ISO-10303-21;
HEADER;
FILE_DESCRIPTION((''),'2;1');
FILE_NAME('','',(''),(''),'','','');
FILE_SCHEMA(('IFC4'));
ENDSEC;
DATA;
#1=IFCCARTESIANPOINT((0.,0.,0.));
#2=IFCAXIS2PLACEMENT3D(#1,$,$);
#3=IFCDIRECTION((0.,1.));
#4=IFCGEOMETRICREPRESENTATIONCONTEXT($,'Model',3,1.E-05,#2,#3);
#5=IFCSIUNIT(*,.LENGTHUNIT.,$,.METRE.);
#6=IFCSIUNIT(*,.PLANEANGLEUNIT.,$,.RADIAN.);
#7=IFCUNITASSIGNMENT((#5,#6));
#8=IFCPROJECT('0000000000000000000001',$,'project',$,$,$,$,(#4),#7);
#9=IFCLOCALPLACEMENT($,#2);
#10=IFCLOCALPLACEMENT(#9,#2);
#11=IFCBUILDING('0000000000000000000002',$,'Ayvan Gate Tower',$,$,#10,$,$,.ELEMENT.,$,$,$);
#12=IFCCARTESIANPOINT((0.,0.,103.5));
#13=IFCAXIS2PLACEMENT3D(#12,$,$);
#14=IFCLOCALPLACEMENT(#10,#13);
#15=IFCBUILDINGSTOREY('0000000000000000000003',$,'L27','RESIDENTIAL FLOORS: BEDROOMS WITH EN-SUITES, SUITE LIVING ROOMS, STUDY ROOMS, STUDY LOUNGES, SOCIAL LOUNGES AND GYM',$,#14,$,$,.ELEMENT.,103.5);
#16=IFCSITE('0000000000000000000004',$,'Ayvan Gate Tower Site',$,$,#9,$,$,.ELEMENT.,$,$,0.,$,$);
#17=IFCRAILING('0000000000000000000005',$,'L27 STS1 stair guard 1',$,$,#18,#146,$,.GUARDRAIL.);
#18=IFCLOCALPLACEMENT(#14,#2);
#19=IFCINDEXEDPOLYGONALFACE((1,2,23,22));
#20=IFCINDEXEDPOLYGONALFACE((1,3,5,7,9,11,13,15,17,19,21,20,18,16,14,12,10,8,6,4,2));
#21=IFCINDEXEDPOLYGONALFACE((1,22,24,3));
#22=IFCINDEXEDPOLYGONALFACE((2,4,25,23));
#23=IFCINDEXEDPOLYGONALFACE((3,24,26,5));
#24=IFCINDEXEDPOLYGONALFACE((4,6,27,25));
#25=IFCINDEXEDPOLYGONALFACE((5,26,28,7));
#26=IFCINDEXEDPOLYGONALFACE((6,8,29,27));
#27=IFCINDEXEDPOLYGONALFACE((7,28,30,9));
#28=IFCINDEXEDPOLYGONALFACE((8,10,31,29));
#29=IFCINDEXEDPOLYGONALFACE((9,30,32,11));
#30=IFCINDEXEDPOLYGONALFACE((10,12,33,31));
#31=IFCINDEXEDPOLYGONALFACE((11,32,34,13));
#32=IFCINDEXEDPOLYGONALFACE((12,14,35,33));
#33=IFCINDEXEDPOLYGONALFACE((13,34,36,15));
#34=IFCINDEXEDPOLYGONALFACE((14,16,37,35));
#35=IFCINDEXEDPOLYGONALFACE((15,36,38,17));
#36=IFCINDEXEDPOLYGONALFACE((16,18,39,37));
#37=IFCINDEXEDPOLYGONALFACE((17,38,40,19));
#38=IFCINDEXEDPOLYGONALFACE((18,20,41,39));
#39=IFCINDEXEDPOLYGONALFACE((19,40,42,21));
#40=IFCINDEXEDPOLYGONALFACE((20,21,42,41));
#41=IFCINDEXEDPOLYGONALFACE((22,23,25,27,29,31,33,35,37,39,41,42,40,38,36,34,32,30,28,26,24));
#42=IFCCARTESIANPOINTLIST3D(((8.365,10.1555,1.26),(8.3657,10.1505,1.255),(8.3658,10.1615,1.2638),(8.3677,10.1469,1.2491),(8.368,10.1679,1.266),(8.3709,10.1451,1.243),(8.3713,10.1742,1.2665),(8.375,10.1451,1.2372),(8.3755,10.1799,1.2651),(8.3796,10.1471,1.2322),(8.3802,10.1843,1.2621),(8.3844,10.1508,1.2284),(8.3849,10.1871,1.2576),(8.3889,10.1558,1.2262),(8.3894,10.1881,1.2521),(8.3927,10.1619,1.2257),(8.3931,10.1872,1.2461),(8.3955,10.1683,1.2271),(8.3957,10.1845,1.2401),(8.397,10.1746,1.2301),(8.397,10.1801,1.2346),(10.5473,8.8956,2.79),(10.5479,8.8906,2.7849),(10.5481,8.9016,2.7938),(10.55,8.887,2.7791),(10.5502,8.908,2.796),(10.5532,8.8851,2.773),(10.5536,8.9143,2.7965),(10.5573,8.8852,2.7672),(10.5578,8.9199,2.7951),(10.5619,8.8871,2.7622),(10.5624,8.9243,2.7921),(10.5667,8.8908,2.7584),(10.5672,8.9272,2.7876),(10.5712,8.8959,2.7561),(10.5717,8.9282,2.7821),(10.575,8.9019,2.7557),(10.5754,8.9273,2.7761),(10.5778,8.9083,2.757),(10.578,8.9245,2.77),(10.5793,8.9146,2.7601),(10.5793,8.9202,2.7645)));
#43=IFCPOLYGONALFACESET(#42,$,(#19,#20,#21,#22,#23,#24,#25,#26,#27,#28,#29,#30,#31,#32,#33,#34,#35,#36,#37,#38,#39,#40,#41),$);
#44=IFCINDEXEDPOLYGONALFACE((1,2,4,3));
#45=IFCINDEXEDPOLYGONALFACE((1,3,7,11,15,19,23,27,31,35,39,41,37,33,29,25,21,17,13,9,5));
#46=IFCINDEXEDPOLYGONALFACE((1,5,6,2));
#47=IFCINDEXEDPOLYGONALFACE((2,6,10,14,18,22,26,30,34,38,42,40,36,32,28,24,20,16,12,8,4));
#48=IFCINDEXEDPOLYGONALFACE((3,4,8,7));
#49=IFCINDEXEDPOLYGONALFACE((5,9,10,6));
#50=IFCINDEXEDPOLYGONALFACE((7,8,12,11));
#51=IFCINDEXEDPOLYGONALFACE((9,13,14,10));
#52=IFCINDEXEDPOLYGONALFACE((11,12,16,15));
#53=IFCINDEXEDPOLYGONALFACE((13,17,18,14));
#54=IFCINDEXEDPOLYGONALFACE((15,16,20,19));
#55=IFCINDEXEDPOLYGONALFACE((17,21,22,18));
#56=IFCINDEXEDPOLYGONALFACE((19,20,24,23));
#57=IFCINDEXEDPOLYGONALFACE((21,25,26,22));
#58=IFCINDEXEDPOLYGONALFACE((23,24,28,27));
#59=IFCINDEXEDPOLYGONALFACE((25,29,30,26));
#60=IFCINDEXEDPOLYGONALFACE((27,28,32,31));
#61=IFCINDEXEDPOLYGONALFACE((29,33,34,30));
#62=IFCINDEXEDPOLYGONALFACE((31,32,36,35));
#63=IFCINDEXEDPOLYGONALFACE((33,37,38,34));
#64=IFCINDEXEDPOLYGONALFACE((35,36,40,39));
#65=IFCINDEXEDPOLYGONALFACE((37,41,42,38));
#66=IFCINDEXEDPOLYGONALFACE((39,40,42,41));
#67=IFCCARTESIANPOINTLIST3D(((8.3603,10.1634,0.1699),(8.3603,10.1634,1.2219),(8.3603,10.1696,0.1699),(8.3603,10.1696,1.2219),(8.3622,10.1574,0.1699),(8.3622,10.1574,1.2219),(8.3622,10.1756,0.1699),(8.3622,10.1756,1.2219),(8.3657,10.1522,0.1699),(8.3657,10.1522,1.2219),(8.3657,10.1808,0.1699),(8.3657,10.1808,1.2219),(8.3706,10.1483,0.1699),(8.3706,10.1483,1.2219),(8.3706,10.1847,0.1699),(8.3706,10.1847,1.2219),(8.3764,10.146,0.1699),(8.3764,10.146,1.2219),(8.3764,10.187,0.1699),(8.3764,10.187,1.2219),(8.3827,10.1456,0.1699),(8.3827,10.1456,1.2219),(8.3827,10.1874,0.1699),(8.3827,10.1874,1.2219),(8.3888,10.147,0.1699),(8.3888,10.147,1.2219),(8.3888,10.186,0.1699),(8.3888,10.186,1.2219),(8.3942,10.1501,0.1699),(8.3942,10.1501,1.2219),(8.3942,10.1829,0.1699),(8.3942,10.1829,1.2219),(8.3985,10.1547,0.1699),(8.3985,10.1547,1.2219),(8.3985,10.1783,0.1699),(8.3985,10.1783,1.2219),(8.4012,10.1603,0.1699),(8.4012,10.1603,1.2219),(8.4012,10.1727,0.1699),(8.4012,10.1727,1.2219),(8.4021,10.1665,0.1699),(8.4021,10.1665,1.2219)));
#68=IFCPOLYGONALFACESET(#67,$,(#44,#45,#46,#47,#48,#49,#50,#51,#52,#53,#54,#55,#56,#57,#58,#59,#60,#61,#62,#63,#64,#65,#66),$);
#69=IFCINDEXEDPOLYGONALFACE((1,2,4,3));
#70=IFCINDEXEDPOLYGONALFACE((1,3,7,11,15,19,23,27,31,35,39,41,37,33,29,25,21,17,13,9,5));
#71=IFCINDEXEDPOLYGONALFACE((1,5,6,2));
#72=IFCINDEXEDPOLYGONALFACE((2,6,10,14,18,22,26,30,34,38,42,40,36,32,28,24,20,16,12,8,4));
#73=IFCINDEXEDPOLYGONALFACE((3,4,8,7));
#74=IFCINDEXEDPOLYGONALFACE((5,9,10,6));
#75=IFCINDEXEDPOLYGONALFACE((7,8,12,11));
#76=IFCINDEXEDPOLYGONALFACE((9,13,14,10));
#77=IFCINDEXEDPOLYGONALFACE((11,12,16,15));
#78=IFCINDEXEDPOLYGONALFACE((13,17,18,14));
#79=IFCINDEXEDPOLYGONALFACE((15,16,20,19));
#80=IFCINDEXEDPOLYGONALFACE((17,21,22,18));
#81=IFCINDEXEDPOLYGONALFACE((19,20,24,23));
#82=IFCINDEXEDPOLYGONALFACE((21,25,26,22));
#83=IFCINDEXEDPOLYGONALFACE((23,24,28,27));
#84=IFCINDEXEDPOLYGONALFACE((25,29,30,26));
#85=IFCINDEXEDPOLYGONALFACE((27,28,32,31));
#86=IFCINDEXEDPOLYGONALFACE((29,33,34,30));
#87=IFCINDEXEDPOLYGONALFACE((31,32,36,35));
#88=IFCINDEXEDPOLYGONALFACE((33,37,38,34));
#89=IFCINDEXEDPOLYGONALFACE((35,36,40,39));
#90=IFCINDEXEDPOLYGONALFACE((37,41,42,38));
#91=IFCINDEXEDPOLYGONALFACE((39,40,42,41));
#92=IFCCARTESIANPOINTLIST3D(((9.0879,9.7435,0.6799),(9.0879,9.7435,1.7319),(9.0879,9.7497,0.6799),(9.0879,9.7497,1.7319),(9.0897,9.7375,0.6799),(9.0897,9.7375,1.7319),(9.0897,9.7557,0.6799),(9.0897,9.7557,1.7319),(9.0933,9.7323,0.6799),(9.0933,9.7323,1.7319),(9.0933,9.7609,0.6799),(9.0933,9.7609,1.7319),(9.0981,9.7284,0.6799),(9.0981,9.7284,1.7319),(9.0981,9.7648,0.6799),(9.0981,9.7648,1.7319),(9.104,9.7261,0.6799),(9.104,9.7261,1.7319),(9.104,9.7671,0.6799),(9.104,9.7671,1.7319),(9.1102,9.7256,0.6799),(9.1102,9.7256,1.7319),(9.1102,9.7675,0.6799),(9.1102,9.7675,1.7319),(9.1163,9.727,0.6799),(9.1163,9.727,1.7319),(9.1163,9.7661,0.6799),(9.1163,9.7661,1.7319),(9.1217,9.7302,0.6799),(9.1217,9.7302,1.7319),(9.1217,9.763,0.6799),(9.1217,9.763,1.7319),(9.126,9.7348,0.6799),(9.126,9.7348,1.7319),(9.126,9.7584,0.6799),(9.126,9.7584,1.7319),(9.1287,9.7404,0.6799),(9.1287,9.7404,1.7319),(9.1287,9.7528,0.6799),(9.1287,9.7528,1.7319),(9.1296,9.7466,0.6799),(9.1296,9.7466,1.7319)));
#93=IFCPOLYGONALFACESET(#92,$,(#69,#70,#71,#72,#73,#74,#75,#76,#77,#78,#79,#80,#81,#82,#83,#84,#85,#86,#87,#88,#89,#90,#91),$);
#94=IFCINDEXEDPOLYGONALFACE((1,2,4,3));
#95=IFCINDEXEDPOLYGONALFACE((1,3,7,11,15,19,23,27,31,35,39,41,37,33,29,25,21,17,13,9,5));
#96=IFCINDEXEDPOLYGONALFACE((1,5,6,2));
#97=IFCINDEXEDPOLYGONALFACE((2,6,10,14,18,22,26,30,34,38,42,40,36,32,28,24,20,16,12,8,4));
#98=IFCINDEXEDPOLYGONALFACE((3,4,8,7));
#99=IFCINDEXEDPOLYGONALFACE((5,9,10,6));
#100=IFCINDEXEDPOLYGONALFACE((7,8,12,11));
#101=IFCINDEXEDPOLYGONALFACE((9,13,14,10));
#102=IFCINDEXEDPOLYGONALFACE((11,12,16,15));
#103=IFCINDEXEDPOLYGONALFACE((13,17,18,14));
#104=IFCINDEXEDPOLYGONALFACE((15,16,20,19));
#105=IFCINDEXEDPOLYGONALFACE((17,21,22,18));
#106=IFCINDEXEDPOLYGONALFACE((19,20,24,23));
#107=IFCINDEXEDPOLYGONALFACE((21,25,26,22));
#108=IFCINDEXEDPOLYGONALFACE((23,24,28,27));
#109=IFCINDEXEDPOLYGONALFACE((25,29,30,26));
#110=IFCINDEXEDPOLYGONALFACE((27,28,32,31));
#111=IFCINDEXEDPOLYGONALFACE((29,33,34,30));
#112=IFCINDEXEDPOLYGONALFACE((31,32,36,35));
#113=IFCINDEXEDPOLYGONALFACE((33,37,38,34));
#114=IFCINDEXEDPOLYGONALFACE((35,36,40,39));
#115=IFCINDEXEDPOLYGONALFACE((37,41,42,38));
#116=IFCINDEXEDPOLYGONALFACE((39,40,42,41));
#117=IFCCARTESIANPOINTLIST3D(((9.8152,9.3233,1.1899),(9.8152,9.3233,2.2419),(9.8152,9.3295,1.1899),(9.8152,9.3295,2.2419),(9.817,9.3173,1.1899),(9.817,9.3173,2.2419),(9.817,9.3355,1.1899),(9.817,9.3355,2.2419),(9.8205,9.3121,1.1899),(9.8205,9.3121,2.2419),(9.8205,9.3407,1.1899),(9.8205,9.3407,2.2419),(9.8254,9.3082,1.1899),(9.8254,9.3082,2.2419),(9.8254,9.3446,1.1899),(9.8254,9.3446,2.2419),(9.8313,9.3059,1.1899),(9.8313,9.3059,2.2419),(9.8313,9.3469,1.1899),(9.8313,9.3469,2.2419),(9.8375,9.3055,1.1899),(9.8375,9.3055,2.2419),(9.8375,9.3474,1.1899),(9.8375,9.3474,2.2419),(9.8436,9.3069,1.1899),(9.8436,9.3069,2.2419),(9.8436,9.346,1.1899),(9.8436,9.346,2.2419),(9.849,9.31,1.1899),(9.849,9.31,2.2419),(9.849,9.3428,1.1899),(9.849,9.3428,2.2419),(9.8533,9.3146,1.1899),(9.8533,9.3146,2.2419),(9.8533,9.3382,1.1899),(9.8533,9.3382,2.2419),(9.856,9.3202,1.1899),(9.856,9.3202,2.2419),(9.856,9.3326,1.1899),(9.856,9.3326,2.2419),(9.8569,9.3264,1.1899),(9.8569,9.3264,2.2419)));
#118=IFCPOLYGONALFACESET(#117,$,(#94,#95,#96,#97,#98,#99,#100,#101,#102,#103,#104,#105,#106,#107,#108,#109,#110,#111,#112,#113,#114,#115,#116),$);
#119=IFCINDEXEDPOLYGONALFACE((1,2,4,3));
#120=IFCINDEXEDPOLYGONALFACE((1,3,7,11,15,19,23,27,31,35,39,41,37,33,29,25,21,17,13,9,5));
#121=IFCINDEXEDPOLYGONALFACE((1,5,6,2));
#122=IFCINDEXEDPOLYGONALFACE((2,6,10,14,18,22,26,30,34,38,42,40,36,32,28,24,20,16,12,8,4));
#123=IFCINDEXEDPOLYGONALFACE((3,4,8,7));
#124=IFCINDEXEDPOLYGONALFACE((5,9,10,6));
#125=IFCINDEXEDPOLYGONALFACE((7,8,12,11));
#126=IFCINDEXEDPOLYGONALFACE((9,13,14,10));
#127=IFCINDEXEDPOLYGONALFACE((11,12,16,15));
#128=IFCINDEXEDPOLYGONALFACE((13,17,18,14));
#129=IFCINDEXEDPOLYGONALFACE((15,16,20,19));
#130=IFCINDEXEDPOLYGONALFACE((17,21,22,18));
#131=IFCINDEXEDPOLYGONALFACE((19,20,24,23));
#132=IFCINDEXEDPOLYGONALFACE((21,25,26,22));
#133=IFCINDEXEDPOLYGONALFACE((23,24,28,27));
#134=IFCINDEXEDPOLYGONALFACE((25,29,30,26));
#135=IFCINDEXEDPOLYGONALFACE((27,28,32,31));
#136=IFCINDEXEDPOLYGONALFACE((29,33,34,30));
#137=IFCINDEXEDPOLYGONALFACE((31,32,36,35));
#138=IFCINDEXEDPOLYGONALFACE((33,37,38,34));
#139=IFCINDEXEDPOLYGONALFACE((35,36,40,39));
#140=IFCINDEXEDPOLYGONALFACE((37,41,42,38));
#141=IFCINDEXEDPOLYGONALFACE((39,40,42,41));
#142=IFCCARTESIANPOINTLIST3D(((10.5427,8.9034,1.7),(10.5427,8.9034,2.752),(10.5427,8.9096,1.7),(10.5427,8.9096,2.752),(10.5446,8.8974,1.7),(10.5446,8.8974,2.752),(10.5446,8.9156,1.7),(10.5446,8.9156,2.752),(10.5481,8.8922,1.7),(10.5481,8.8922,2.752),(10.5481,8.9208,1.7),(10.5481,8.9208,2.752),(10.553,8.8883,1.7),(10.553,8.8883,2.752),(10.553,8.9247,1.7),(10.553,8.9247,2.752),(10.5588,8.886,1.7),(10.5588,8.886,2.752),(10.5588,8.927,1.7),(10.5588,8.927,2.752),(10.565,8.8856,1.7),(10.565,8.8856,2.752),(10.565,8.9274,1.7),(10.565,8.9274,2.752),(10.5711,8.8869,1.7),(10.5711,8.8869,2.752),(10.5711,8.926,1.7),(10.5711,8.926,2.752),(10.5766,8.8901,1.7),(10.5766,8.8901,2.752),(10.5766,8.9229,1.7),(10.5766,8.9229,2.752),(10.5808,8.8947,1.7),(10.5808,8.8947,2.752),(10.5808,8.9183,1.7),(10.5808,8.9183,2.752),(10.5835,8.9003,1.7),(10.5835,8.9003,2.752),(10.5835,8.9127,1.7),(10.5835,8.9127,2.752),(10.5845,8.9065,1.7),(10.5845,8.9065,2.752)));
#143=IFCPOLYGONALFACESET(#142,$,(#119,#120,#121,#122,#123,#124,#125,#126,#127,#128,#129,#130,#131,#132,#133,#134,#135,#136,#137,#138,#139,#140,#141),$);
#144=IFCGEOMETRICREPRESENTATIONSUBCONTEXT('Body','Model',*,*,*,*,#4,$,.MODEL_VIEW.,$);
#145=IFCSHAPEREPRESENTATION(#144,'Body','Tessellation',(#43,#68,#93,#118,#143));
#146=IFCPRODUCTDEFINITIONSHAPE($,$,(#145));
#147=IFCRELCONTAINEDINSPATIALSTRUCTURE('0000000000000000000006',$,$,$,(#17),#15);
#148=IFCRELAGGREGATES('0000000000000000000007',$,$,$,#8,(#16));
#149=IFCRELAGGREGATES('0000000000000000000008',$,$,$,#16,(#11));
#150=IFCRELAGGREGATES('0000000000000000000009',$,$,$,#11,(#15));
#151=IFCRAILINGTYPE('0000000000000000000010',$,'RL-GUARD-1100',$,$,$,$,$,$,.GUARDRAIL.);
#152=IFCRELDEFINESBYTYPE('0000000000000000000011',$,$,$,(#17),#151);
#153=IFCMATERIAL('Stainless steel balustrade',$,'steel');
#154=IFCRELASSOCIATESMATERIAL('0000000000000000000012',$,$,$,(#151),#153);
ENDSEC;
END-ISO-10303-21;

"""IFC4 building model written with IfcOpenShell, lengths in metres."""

from ifc_helpers import new_model, si_unit, direction, frame, origin, origin_2d, place, context, subcontext, project, spatial, circle, extrude, material, type_object, element, save


model = new_model("IFC4")

# Units and contexts
model_context = context("Model", 3, precision=1e-05, world=origin(), true_north=direction((0.0, 1.0)))
body_context = subcontext(model_context, "Body", "Model", "MODEL_VIEW")
ifc_project = project(units=[si_unit("LENGTHUNIT", "METRE"), si_unit("PLANEANGLEUNIT", "RADIAN")], contexts=[model_context])

# Site, building, storey
site_placement = place(None, origin())
site = spatial("IfcSite", under=ifc_project, at=site_placement, Name="Ayvan Gate Tower Site", CompositionType="ELEMENT", RefElevation=0.0)
building_placement = place(site_placement, origin())
building = spatial("IfcBuilding", under=site, at=building_placement, Name="Ayvan Gate Tower", CompositionType="ELEMENT")
storey_placement = place(building_placement, frame((0.0, 0.0, 103.5)))
storey = spatial("IfcBuildingStorey", under=building, at=storey_placement, Name="L27", Description="RESIDENTIAL FLOORS: BEDROOMS WITH EN-SUITES, SUITE LIVING ROOMS, STUDY ROOMS, STUDY LOUNGES, SOCIAL LOUNGES AND GYM", CompositionType="ELEMENT", Elevation=103.5)

# Railing
ifc_material_1 = material(Name="Stainless steel balustrade", Category="steel")
railing_type_1 = type_object("IfcRailingType", Name="RL-GUARD-1100", PredefinedType="GUARDRAIL", material=ifc_material_1)
railing_1_placement = place(storey_placement, frame((8.3811, 10.1665, 0.1699)))
element("IfcRailing", 1, at=railing_1_placement, inside=storey, type_object=railing_type_1, Name="L27 STS1 stair guard 1", PredefinedType="GUARDRAIL", context=body_context, shape_type="SweptSolid", body=[
    extrude(circle(Radius=0.0239, at=origin_2d()), frame((0.0, 0.0, 1.0762), z_axis=(0.740261, -0.427395, 0.518986), x_axis=(0.500005, 0.866023, 0.0)), (0.0, 0.0, 1.0), 2.948),
    extrude(circle(Radius=0.021, at=origin_2d()), origin(), (0.0, 0.0, 1.0), 1.052),
    extrude(circle(Radius=0.021, at=origin_2d()), frame((0.7275, -0.4199, 0.51)), (0.0, 0.0, 1.0), 1.052),
    extrude(circle(Radius=0.021, at=origin_2d()), frame((1.4548, -0.8401, 1.02)), (0.0, 0.0, 1.0), 1.052),
    extrude(circle(Radius=0.021, at=origin_2d()), frame((2.1824, -1.26, 1.53)), (0.0, 0.0, 1.0), 1.052),
])

save(model, "model.ifc")
